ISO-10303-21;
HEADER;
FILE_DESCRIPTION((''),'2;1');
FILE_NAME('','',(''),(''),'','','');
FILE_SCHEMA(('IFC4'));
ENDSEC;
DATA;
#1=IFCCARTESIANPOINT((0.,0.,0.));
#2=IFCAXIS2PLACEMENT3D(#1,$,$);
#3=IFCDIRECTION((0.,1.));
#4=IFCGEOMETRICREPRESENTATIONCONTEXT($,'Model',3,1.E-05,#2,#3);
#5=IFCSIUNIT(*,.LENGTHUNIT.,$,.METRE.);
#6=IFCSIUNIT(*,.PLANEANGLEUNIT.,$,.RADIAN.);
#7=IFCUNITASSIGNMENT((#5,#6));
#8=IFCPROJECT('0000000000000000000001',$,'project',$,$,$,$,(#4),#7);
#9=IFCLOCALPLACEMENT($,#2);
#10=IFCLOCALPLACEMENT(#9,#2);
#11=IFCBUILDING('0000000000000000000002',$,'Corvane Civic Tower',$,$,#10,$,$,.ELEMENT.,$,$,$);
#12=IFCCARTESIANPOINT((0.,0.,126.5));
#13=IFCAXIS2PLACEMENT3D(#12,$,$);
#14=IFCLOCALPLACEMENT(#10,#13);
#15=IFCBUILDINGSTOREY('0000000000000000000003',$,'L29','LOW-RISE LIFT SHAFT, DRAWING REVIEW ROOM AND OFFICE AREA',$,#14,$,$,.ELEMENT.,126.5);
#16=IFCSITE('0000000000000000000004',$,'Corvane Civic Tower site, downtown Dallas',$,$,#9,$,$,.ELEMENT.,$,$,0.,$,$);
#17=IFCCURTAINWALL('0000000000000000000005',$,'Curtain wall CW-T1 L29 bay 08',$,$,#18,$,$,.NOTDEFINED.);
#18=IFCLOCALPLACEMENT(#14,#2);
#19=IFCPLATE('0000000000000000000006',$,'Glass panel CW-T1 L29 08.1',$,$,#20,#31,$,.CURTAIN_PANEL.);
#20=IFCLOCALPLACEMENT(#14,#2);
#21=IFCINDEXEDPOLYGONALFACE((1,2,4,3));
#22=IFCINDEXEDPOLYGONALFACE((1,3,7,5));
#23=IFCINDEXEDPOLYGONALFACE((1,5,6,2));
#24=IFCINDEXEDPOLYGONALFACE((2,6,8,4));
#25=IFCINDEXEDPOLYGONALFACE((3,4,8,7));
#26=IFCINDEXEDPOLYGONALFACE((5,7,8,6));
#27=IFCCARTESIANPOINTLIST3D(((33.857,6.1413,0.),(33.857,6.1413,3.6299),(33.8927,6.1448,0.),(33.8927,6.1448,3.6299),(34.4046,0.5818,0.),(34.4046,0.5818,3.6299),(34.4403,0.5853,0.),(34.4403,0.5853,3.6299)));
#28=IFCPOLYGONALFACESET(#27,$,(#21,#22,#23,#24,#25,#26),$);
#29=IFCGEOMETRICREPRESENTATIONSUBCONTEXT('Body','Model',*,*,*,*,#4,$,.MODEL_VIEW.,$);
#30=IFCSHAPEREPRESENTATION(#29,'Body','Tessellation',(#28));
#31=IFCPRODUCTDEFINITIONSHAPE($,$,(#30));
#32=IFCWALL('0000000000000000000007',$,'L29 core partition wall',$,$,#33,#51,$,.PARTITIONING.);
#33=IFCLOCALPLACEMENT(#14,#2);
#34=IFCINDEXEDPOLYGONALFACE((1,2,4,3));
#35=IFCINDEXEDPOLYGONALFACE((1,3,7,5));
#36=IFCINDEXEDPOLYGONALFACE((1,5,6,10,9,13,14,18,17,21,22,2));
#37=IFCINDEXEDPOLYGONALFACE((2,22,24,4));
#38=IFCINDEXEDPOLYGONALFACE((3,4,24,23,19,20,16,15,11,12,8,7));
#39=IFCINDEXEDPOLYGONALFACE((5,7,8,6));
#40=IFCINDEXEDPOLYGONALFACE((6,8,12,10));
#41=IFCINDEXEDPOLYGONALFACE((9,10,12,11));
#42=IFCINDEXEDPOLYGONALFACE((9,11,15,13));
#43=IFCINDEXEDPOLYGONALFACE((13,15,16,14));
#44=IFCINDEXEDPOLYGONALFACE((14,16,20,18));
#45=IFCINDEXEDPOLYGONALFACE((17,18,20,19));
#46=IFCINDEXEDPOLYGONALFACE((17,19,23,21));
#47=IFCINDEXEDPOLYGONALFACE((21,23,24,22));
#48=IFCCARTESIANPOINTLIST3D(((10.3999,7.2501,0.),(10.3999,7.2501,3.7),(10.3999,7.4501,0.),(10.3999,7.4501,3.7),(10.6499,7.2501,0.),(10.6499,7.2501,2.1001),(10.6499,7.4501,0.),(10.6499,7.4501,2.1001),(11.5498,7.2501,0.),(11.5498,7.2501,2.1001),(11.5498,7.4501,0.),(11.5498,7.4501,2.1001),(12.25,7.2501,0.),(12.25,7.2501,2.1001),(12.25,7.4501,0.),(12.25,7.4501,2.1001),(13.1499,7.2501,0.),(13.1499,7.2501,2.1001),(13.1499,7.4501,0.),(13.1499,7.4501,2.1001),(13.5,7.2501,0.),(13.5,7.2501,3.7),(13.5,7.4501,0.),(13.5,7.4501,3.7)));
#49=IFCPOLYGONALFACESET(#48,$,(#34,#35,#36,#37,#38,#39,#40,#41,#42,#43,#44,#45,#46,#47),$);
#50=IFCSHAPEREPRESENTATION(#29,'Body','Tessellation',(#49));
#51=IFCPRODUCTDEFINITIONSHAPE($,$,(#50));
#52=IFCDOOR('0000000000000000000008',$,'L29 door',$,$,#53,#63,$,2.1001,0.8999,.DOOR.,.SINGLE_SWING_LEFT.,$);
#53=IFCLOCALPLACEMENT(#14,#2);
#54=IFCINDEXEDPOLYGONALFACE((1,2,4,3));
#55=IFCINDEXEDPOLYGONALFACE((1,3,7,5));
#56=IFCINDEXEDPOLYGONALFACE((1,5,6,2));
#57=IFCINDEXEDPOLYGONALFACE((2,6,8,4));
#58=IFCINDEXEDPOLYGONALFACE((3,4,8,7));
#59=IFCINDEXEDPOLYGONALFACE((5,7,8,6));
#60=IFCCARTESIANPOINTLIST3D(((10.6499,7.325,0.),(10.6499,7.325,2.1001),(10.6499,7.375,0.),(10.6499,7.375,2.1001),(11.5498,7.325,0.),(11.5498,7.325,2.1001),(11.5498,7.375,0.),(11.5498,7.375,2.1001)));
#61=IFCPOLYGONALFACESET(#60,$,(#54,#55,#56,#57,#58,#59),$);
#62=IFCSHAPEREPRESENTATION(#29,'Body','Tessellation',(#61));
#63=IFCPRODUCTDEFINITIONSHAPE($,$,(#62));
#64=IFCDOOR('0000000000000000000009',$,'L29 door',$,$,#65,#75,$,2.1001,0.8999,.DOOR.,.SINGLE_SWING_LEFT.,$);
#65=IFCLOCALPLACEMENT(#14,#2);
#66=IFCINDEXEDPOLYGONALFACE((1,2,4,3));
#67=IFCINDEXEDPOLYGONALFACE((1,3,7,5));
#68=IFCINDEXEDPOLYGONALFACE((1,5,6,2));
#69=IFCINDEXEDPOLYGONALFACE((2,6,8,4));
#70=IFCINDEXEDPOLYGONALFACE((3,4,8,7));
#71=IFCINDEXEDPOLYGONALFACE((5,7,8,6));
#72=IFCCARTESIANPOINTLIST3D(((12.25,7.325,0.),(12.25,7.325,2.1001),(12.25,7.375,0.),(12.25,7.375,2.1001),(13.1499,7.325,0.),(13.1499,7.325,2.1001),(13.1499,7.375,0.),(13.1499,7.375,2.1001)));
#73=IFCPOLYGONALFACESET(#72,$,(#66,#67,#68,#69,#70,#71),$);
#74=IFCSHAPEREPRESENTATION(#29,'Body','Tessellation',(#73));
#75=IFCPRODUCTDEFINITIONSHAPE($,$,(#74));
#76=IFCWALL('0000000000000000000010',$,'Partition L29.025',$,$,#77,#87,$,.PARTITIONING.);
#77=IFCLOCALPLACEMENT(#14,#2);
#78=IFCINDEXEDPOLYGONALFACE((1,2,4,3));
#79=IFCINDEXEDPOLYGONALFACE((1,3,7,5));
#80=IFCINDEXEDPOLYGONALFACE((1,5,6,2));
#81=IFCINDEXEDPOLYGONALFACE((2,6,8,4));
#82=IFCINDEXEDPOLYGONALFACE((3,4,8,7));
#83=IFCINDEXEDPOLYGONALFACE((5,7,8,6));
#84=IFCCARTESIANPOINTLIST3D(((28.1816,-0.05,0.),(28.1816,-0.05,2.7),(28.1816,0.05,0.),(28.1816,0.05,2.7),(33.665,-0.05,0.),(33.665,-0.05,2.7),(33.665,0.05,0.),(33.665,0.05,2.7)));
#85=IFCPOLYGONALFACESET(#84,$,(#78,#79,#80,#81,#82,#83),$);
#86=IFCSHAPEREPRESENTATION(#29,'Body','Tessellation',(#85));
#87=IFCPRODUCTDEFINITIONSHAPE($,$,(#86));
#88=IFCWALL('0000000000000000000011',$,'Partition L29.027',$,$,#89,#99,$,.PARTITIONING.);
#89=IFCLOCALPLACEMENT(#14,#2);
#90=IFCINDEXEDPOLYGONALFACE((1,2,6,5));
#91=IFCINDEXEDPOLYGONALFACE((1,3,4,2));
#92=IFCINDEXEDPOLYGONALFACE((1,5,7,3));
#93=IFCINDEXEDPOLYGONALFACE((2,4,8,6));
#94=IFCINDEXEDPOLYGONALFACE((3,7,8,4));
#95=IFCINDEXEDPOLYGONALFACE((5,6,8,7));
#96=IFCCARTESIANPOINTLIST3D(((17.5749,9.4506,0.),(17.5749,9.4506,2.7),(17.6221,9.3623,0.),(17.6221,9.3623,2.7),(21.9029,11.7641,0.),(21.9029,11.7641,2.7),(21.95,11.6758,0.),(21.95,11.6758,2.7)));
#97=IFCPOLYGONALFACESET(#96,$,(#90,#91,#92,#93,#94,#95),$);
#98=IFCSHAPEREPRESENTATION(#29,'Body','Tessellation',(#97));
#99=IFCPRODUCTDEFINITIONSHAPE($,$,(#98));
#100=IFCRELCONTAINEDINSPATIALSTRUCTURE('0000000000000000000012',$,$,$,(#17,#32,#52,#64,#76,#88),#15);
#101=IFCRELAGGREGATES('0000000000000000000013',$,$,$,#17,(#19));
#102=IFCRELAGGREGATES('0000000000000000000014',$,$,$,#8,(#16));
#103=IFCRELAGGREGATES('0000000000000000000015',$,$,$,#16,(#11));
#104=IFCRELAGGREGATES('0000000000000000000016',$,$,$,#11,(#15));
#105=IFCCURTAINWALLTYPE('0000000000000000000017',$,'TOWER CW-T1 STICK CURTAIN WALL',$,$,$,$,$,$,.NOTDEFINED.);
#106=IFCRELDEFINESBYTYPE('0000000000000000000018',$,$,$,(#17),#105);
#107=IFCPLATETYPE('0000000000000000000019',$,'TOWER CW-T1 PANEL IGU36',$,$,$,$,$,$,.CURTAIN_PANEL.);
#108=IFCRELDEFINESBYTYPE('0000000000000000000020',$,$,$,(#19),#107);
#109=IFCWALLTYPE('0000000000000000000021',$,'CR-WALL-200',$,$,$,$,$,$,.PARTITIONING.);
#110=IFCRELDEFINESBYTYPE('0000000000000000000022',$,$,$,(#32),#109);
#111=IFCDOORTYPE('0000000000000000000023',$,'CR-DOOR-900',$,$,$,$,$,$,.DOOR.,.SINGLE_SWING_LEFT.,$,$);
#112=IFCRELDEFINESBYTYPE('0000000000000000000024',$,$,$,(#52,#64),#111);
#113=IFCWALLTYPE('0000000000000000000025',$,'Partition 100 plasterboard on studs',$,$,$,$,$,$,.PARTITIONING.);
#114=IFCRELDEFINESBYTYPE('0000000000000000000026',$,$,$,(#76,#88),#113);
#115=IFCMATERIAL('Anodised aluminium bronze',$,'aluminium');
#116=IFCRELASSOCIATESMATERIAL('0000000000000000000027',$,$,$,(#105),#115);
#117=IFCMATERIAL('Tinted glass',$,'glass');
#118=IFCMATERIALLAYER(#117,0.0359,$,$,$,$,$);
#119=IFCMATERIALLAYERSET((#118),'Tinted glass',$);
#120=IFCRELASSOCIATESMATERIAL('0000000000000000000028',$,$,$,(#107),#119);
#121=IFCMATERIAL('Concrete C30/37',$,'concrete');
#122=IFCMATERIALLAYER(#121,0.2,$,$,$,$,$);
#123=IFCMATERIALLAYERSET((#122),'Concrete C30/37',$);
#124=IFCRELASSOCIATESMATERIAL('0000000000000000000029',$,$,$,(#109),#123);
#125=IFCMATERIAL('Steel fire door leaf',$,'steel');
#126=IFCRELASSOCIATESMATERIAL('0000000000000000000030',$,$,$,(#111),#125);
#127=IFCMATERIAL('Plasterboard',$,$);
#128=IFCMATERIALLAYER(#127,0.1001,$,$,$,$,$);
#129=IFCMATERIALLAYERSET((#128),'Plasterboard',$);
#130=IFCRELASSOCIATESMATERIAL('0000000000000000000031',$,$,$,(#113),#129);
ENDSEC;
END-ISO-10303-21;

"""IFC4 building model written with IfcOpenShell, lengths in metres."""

from ifc_helpers import new_model, si_unit, direction, frame, frame_2d, origin, origin_2d, place, context, subcontext, project, spatial, rectangle, extrude, material, layer, layer_set, type_object, element, fill, aggregate, save


model = new_model("IFC4")

# Units and contexts
model_context = context("Model", 3, precision=1e-05, world=origin(), true_north=direction((0.0, 1.0)))
body_context = subcontext(model_context, "Body", "Model", "MODEL_VIEW")
ifc_project = project(units=[si_unit("LENGTHUNIT", "METRE"), si_unit("PLANEANGLEUNIT", "RADIAN")], contexts=[model_context])

# Site, building, storey
site_placement = place(None, origin())
site = spatial("IfcSite", under=ifc_project, at=site_placement, Name="Corvane Civic Tower site, downtown Dallas", CompositionType="ELEMENT", RefElevation=0.0)
building_placement = place(site_placement, origin())
building = spatial("IfcBuilding", under=site, at=building_placement, Name="Corvane Civic Tower", CompositionType="ELEMENT")
storey_placement = place(building_placement, frame((0.0, 0.0, 126.5)))
storey = spatial("IfcBuildingStorey", under=building, at=storey_placement, Name="L29", Description="LOW-RISE LIFT SHAFT, DRAWING REVIEW ROOM AND OFFICE AREA", CompositionType="ELEMENT", Elevation=126.5)

# Curtain wall
ifc_material_1 = material(Name="Anodised aluminium bronze", Category="aluminium")
curtain_wall_type = type_object("IfcCurtainWallType", Name="TOWER CW-T1 STICK CURTAIN WALL", PredefinedType="NOTDEFINED", material=ifc_material_1)
curtain_wall_1_placement = place(storey_placement, origin())
curtain_wall_1 = element("IfcCurtainWall", 1, at=curtain_wall_1_placement, inside=storey, type_object=curtain_wall_type, Name="Curtain wall CW-T1 L29 bay 08", PredefinedType="NOTDEFINED")

# Plate
ifc_material_2 = material(Name="Tinted glass", Category="glass")
ifc_layer_1 = layer(ifc_material_2, 0.0359)
ifc_layer_set_1 = layer_set([ifc_layer_1], Name="Tinted glass")
plate_type = type_object("IfcPlateType", Name="TOWER CW-T1 PANEL IGU36", PredefinedType="CURTAIN_PANEL", material=ifc_layer_set_1)
plate_1_placement = place(storey_placement, frame((34.1487, 3.3633, 0.0), z_axis=(0.0, 0.0, 1.0), x_axis=(0.098027, -0.995184, 0.0)))
plate_1 = element("IfcPlate", 2, at=plate_1_placement, type_object=plate_type, Name="Glass panel CW-T1 L29 08.1", PredefinedType="CURTAIN_PANEL", context=body_context, shape_type="SweptSolid", body=[
    extrude(rectangle(XDim=5.5864, YDim=0.0359, at=origin_2d()), origin(), (0.0, 0.0, 1.0), 3.6299),
])
aggregate(curtain_wall_1, [plate_1])

# Wall, openings, doors
ifc_material_3 = material(Name="Concrete C30/37", Category="concrete")
ifc_layer_2 = layer(ifc_material_3, 0.2)
ifc_layer_set_2 = layer_set([ifc_layer_2], Name="Concrete C30/37")
wall_type_1 = type_object("IfcWallType", Name="CR-WALL-200", PredefinedType="PARTITIONING", material=ifc_layer_set_2)
wall_1_placement = place(storey_placement, frame((10.3999, 7.3501, 0.0), z_axis=(0.0, 0.0, 1.0), x_axis=(1.0, 0.0, 0.0)))
wall_1 = element("IfcWall", 3, at=wall_1_placement, inside=storey, type_object=wall_type_1, Name="L29 core partition wall", PredefinedType="PARTITIONING", context=body_context, shape_type="SweptSolid", body=[
    extrude(rectangle(XDim=3.1001, YDim=0.2, at=frame_2d((1.55, 0.0))), origin(), (0.0, 0.0, 1.0), 3.7),
])
opening_1_placement = place(wall_1_placement, frame((0.25, 0.0, 0.0)))
opening_1 = element("IfcOpeningElement", 4, at=opening_1_placement, cuts=wall_1, PredefinedType="OPENING", context=body_context, shape_type="SweptSolid", body=[
    extrude(rectangle(XDim=0.8999, YDim=2.1001, at=frame_2d((0.45, 1.05))), frame((0.0, 0.1099, 0.0), z_axis=(0.0, -1.0, 0.0), x_axis=(1.0, 0.0, 0.0)), (0.0, 0.0, 1.0), 0.22),
])
opening_2_placement = place(wall_1_placement, frame((1.8501, 0.0, 0.0)))
opening_2 = element("IfcOpeningElement", 5, at=opening_2_placement, cuts=wall_1, PredefinedType="OPENING", context=body_context, shape_type="SweptSolid", body=[
    extrude(rectangle(XDim=0.8999, YDim=2.1001, at=frame_2d((0.45, 1.05))), frame((0.0, 0.1099, 0.0), z_axis=(0.0, -1.0, 0.0), x_axis=(1.0, 0.0, 0.0)), (0.0, 0.0, 1.0), 0.22),
])
ifc_material_4 = material(Name="Steel fire door leaf", Category="steel")
door_type = type_object("IfcDoorType", Name="CR-DOOR-900", OperationType="SINGLE_SWING_LEFT", PredefinedType="DOOR", material=ifc_material_4)
door_1_placement = place(opening_1_placement, origin())
door_1 = element("IfcDoor", 6, at=door_1_placement, inside=storey, type_object=door_type, Name="L29 door", OperationType="SINGLE_SWING_LEFT", OverallHeight=2.1001, OverallWidth=0.8999, PredefinedType="DOOR", context=body_context, shape_type="SweptSolid", body=[
    extrude(rectangle(XDim=0.8999, YDim=2.1001, at=frame_2d((0.45, 1.05))), frame((0.0, 0.0249, 0.0), z_axis=(0.0, -1.0, 0.0), x_axis=(1.0, 0.0, 0.0)), (0.0, 0.0, 1.0), 0.05),
])
fill(opening_1, door_1)
door_2_placement = place(opening_2_placement, origin())
door_2 = element("IfcDoor", 7, at=door_2_placement, inside=storey, type_object=door_type, Name="L29 door", OperationType="SINGLE_SWING_LEFT", OverallHeight=2.1001, OverallWidth=0.8999, PredefinedType="DOOR", context=body_context, shape_type="SweptSolid", body=[
    extrude(rectangle(XDim=0.8999, YDim=2.1001, at=frame_2d((0.45, 1.05))), frame((0.0, 0.0249, 0.0), z_axis=(0.0, -1.0, 0.0), x_axis=(1.0, 0.0, 0.0)), (0.0, 0.0, 1.0), 0.05),
])
fill(opening_2, door_2)

# Walls
ifc_material_5 = material(Name="Plasterboard")
ifc_layer_3 = layer(ifc_material_5, 0.1001)
ifc_layer_set_3 = layer_set([ifc_layer_3], Name="Plasterboard")
wall_type_2 = type_object("IfcWallType", Name="Partition 100 plasterboard on studs", PredefinedType="PARTITIONING", material=ifc_layer_set_3)
wall_2_placement = place(storey_placement, frame((28.1816, 0.0, 0.0), z_axis=(0.0, 0.0, 1.0), x_axis=(1.0, 0.0, 0.0)))
element("IfcWall", 8, at=wall_2_placement, inside=storey, type_object=wall_type_2, Name="Partition L29.025", PredefinedType="PARTITIONING", context=body_context, shape_type="SweptSolid", body=[
    extrude(rectangle(XDim=5.4834, YDim=0.1001, at=frame_2d((2.7417, 0.0))), origin(), (0.0, 0.0, 1.0), 2.7),
])
wall_3_placement = place(storey_placement, frame((17.5986, 9.4065, 0.0), z_axis=(0.0, 0.0, 1.0), x_axis=(0.881906, 0.471425, 0.0)))
element("IfcWall", 9, at=wall_3_placement, inside=storey, type_object=wall_type_2, Name="Partition L29.027", PredefinedType="PARTITIONING", context=body_context, shape_type="SweptSolid", body=[
    extrude(rectangle(XDim=4.9075, YDim=0.1001, at=frame_2d((2.4536, 0.0))), origin(), (0.0, 0.0, 1.0), 2.7),
])

save(model, "model.ifc")
